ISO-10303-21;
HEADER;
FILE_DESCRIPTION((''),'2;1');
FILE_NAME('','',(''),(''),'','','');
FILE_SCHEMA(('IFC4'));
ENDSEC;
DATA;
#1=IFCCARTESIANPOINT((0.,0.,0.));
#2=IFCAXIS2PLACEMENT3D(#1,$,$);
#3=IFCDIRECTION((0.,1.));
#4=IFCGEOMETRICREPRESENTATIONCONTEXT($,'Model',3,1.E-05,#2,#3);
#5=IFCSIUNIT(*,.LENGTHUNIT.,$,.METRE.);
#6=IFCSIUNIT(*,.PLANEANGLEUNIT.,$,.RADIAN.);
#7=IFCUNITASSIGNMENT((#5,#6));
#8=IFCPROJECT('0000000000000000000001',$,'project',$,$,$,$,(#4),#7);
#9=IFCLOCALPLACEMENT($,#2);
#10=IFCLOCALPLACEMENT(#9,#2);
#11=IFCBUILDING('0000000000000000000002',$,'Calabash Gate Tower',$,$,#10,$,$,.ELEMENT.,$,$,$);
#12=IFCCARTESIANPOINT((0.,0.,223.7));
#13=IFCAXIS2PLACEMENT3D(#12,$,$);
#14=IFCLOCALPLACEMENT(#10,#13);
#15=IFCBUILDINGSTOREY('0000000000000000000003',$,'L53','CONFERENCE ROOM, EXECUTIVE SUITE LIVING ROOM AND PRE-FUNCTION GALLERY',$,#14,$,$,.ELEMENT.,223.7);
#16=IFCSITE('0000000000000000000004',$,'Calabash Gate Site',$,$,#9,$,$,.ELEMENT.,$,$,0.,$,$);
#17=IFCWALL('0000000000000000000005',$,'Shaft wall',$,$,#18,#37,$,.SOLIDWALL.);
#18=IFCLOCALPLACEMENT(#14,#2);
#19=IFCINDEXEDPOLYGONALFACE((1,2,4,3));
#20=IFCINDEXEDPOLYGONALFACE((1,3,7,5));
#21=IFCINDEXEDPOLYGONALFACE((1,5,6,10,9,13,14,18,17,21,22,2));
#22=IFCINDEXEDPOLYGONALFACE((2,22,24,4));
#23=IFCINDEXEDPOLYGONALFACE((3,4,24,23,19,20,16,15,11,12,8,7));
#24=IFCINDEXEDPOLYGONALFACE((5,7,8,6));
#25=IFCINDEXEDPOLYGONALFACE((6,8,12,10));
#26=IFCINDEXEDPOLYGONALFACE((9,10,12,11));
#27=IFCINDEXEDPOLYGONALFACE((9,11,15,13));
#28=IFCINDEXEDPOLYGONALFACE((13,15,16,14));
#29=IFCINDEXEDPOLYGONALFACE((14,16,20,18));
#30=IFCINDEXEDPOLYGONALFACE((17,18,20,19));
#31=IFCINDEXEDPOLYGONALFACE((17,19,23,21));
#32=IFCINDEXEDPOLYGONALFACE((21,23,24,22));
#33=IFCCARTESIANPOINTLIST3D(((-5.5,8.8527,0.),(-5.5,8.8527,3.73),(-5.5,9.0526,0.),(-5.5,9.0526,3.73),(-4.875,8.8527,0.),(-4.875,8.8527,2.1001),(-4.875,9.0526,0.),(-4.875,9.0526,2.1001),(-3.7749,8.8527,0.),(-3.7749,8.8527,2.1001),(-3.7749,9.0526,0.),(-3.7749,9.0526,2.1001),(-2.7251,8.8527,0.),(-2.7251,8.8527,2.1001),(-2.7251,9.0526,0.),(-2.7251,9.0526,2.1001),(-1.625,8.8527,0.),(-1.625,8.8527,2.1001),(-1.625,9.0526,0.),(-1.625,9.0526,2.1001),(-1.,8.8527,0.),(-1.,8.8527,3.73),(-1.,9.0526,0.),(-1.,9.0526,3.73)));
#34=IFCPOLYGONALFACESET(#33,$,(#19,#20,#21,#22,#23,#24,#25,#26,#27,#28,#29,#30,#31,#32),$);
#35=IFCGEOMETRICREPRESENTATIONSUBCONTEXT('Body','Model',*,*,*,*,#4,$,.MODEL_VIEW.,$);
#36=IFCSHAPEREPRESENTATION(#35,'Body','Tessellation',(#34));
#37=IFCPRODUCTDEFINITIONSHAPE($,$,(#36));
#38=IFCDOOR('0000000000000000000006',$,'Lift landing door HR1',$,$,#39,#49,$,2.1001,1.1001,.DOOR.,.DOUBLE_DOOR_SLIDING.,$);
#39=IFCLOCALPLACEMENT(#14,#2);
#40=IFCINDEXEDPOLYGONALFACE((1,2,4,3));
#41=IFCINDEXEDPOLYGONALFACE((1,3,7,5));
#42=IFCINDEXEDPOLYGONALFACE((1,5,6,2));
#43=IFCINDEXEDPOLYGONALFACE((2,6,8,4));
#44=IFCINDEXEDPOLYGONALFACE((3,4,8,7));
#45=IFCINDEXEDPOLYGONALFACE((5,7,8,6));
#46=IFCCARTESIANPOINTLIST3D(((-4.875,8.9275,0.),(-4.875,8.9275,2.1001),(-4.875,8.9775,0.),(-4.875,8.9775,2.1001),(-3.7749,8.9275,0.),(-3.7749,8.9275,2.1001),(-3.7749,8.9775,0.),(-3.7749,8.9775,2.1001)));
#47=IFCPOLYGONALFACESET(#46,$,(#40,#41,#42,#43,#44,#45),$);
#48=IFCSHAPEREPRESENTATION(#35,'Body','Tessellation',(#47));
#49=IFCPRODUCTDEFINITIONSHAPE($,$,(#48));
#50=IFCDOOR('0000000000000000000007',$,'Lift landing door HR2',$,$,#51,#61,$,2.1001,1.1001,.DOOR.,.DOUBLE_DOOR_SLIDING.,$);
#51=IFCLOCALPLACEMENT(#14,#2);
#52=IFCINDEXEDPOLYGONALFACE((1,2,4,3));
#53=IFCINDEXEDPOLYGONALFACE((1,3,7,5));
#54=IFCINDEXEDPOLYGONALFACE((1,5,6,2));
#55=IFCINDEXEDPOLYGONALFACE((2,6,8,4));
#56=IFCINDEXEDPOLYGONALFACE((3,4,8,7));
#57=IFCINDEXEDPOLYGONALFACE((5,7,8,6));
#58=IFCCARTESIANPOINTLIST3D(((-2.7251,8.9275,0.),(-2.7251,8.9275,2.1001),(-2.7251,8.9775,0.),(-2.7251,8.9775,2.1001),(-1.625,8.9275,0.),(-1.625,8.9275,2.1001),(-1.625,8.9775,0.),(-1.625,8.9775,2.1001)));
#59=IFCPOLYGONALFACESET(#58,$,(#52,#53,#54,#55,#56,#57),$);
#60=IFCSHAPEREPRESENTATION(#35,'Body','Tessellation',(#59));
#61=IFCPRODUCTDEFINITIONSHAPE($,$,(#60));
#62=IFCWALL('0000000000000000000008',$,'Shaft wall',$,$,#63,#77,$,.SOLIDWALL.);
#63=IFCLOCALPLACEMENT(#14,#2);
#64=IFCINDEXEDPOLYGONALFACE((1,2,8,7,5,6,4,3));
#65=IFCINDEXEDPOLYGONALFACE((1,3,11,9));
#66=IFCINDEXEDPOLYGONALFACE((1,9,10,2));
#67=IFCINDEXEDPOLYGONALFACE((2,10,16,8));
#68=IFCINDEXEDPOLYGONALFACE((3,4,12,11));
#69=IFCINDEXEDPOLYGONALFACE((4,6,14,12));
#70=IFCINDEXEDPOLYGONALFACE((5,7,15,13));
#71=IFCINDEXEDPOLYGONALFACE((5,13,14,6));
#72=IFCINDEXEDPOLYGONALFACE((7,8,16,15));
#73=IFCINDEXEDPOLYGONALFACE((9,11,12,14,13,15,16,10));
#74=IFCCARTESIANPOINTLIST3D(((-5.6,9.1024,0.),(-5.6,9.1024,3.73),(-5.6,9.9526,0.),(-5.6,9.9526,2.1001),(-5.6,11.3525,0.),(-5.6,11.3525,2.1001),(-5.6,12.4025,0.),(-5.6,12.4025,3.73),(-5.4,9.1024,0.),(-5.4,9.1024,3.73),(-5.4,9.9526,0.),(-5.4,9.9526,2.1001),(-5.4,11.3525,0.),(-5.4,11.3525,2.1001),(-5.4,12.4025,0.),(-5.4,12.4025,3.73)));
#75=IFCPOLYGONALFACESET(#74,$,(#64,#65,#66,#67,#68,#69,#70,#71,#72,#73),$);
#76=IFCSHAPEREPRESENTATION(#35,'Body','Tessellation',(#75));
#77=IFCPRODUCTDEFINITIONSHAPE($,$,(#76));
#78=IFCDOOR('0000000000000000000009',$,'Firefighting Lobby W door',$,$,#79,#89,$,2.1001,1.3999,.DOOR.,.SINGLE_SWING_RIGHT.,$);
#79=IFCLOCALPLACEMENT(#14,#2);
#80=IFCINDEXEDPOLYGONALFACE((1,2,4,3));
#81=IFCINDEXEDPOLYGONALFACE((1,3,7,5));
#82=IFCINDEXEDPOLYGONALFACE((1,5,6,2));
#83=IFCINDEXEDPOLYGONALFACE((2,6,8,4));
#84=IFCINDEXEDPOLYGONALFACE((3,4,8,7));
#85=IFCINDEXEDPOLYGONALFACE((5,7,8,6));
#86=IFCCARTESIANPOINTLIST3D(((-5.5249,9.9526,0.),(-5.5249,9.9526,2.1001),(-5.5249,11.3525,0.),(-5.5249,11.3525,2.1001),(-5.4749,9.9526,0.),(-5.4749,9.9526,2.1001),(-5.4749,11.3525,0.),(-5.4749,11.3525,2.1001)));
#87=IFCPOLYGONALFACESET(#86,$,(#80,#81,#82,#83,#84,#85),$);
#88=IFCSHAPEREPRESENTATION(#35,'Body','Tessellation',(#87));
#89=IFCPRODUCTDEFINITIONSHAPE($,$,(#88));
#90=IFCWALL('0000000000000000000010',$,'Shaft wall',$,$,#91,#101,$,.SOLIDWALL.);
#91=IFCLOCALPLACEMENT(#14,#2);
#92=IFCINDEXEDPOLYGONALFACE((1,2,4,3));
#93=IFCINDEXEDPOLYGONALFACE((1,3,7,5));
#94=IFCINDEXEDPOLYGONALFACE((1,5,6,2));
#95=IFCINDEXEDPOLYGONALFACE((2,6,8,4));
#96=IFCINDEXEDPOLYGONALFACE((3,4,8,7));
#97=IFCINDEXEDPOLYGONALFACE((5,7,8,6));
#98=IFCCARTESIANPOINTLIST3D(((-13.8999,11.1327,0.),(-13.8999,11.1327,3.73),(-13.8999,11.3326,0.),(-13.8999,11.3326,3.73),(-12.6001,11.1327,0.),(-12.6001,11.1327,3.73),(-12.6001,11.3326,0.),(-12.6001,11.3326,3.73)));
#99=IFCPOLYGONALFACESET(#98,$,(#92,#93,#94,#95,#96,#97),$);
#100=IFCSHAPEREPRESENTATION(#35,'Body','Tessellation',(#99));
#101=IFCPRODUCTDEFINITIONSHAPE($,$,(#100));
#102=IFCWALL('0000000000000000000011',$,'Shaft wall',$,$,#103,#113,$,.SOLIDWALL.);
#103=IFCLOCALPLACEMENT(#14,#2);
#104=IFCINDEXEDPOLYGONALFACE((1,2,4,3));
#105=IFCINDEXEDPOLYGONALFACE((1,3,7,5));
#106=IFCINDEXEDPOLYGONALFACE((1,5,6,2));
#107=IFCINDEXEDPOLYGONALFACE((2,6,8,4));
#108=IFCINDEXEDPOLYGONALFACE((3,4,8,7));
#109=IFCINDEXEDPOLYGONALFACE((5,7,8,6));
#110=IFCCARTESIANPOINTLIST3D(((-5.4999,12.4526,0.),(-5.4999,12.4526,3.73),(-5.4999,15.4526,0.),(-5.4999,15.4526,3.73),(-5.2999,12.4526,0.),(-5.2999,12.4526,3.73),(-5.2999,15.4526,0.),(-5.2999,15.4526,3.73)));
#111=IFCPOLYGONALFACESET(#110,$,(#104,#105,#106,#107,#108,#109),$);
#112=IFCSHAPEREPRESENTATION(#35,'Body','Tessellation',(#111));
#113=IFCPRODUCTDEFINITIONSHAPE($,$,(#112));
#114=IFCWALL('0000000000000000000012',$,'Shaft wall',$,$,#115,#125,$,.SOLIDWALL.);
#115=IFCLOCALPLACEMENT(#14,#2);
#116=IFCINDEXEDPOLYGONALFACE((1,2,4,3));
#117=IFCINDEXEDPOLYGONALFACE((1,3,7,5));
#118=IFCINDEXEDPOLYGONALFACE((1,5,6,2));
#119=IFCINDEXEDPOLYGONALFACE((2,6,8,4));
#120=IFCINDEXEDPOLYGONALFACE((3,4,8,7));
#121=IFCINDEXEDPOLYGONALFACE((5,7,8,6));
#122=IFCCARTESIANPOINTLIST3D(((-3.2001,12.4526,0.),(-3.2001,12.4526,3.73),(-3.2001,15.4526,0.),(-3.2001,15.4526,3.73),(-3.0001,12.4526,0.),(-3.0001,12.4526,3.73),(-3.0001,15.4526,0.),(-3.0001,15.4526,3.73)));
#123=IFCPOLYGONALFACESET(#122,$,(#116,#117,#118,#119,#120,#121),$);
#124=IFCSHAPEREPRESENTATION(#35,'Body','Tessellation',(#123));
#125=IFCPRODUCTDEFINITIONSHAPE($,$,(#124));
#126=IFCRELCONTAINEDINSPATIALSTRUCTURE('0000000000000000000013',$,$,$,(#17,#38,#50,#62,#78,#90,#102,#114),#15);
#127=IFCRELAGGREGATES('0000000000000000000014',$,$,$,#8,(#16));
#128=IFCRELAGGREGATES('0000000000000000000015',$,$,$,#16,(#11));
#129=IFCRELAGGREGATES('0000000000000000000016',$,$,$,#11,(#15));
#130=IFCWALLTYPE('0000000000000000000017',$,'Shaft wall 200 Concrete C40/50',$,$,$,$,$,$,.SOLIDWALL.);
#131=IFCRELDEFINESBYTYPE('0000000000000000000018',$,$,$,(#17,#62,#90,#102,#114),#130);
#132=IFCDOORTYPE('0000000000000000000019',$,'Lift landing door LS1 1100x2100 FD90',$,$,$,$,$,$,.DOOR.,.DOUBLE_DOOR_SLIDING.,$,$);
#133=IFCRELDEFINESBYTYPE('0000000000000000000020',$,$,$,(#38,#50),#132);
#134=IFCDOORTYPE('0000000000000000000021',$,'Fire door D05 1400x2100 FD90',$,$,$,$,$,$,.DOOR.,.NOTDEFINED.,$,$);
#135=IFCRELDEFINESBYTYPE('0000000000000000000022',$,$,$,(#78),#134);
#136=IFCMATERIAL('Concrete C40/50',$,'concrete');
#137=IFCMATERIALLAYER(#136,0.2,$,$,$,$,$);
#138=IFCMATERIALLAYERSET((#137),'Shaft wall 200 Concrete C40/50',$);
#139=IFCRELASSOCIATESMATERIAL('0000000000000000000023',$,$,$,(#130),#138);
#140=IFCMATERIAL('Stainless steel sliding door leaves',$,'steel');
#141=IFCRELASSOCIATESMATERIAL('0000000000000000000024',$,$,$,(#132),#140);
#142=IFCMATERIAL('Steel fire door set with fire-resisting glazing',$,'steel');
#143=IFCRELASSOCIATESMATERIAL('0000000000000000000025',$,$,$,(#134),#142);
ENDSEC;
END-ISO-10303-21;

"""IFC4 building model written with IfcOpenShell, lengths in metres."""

from ifc_helpers import new_model, si_unit, direction, frame, frame_2d, origin, place, context, subcontext, project, spatial, rectangle, extrude, material, layer, layer_set, type_object, element, fill, save


model = new_model("IFC4")

# Units and contexts
model_context = context("Model", 3, precision=1e-05, world=origin(), true_north=direction((0.0, 1.0)))
body_context = subcontext(model_context, "Body", "Model", "MODEL_VIEW")
ifc_project = project(units=[si_unit("LENGTHUNIT", "METRE"), si_unit("PLANEANGLEUNIT", "RADIAN")], contexts=[model_context])

# Site, building, storey
site_placement = place(None, origin())
site = spatial("IfcSite", under=ifc_project, at=site_placement, Name="Calabash Gate Site", CompositionType="ELEMENT", RefElevation=0.0)
building_placement = place(site_placement, origin())
building = spatial("IfcBuilding", under=site, at=building_placement, Name="Calabash Gate Tower", CompositionType="ELEMENT")
storey_placement = place(building_placement, frame((0.0, 0.0, 223.7)))
storey = spatial("IfcBuildingStorey", under=building, at=storey_placement, Name="L53", Description="CONFERENCE ROOM, EXECUTIVE SUITE LIVING ROOM AND PRE-FUNCTION GALLERY", CompositionType="ELEMENT", Elevation=223.7)

# Shared definitions
ifc_material_1 = material(Name="Concrete C40/50", Category="concrete")
ifc_layer_1 = layer(ifc_material_1, 0.2)
ifc_layer_set_1 = layer_set([ifc_layer_1], Name="Shaft wall 200 Concrete C40/50")
wall_type_1 = type_object("IfcWallType", Name="Shaft wall 200 Concrete C40/50", PredefinedType="SOLIDWALL", material=ifc_layer_set_1)

# Wall, openings, doors
wall_1_placement = place(storey_placement, frame((-5.5, 8.9526, 0.0), z_axis=(0.0, 0.0, 1.0), x_axis=(1.0, 0.0, 0.0)))
wall_1 = element("IfcWall", 1, at=wall_1_placement, inside=storey, type_object=wall_type_1, Name="Shaft wall", PredefinedType="SOLIDWALL", context=body_context, shape_type="SweptSolid", body=[
    extrude(rectangle(XDim=4.5, YDim=0.2, at=frame_2d((2.25, 0.0))), origin(), (0.0, 0.0, 1.0), 3.73),
])
opening_1_placement = place(wall_1_placement, frame((0.625, 0.0, 0.0)))
opening_1 = element("IfcOpeningElement", 2, at=opening_1_placement, cuts=wall_1, PredefinedType="OPENING", context=body_context, shape_type="SweptSolid", body=[
    extrude(rectangle(XDim=1.1001, YDim=2.1001, at=frame_2d((0.55, 1.05))), frame((0.0, 0.1099, 0.0), z_axis=(0.0, -1.0, 0.0), x_axis=(1.0, 0.0, 0.0)), (0.0, 0.0, 1.0), 0.22),
])
opening_2_placement = place(wall_1_placement, frame((2.7749, 0.0, 0.0)))
opening_2 = element("IfcOpeningElement", 3, at=opening_2_placement, cuts=wall_1, PredefinedType="OPENING", context=body_context, shape_type="SweptSolid", body=[
    extrude(rectangle(XDim=1.1001, YDim=2.1001, at=frame_2d((0.55, 1.05))), frame((0.0, 0.1099, 0.0), z_axis=(0.0, -1.0, 0.0), x_axis=(1.0, 0.0, 0.0)), (0.0, 0.0, 1.0), 0.22),
])
ifc_material_2 = material(Name="Stainless steel sliding door leaves", Category="steel")
door_type_1 = type_object("IfcDoorType", Name="Lift landing door LS1 1100x2100 FD90", OperationType="DOUBLE_DOOR_SLIDING", PredefinedType="DOOR", material=ifc_material_2)
door_1_placement = place(opening_1_placement, origin())
door_1 = element("IfcDoor", 4, at=door_1_placement, inside=storey, type_object=door_type_1, Name="Lift landing door HR1", OperationType="DOUBLE_DOOR_SLIDING", OverallHeight=2.1001, OverallWidth=1.1001, PredefinedType="DOOR", context=body_context, shape_type="SweptSolid", body=[
    extrude(rectangle(XDim=1.1001, YDim=2.1001, at=frame_2d((0.55, 1.05))), frame((0.0, 0.0249, 0.0), z_axis=(0.0, -1.0, 0.0), x_axis=(1.0, 0.0, 0.0)), (0.0, 0.0, 1.0), 0.05),
])
fill(opening_1, door_1)
door_2_placement = place(opening_2_placement, origin())
door_2 = element("IfcDoor", 5, at=door_2_placement, inside=storey, type_object=door_type_1, Name="Lift landing door HR2", OperationType="DOUBLE_DOOR_SLIDING", OverallHeight=2.1001, OverallWidth=1.1001, PredefinedType="DOOR", context=body_context, shape_type="SweptSolid", body=[
    extrude(rectangle(XDim=1.1001, YDim=2.1001, at=frame_2d((0.55, 1.05))), frame((0.0, 0.0249, 0.0), z_axis=(0.0, -1.0, 0.0), x_axis=(1.0, 0.0, 0.0)), (0.0, 0.0, 1.0), 0.05),
])
fill(opening_2, door_2)

# Wall, opening, door
wall_2_placement = place(storey_placement, frame((-5.5, 9.1025, 0.0), z_axis=(0.0, 0.0, 1.0), x_axis=(0.0, 1.0, 0.0)))
wall_2 = element("IfcWall", 6, at=wall_2_placement, inside=storey, type_object=wall_type_1, Name="Shaft wall", PredefinedType="SOLIDWALL", context=body_context, shape_type="SweptSolid", body=[
    extrude(rectangle(XDim=3.3, YDim=0.2, at=frame_2d((1.6499, 0.0))), origin(), (0.0, 0.0, 1.0), 3.73),
])
opening_3_placement = place(wall_2_placement, frame((0.8501, 0.0, 0.0)))
opening_3 = element("IfcOpeningElement", 7, at=opening_3_placement, cuts=wall_2, PredefinedType="OPENING", context=body_context, shape_type="SweptSolid", body=[
    extrude(rectangle(XDim=1.3999, YDim=2.1001, at=frame_2d((0.7, 1.05))), frame((0.0, 0.1099, 0.0), z_axis=(0.0, -1.0, 0.0), x_axis=(1.0, 0.0, 0.0)), (0.0, 0.0, 1.0), 0.22),
])
ifc_material_3 = material(Name="Steel fire door set with fire-resisting glazing", Category="steel")
door_type_2 = type_object("IfcDoorType", Name="Fire door D05 1400x2100 FD90", OperationType="NOTDEFINED", PredefinedType="DOOR", material=ifc_material_3)
door_3_placement = place(opening_3_placement, origin())
door_3 = element("IfcDoor", 8, at=door_3_placement, inside=storey, type_object=door_type_2, Name="Firefighting Lobby W door", OperationType="SINGLE_SWING_RIGHT", OverallHeight=2.1001, OverallWidth=1.3999, PredefinedType="DOOR", context=body_context, shape_type="SweptSolid", body=[
    extrude(rectangle(XDim=1.3999, YDim=2.1001, at=frame_2d((0.7, 1.05))), frame((0.0, 0.0249, 0.0), z_axis=(0.0, -1.0, 0.0), x_axis=(1.0, 0.0, 0.0)), (0.0, 0.0, 1.0), 0.05),
])
fill(opening_3, door_3)

# Walls
wall_3_placement = place(storey_placement, frame((-13.8999, 11.2327, 0.0), z_axis=(0.0, 0.0, 1.0), x_axis=(1.0, 0.0, 0.0)))
element("IfcWall", 9, at=wall_3_placement, inside=storey, type_object=wall_type_1, Name="Shaft wall", PredefinedType="SOLIDWALL", context=body_context, shape_type="SweptSolid", body=[
    extrude(rectangle(XDim=1.2998, YDim=0.2, at=frame_2d((0.6499, 0.0))), origin(), (0.0, 0.0, 1.0), 3.73),
])
for number, where, z_axis, x_axis, name in (
    (10, (-5.3999, 12.4526, 0.0), (0.0, 0.0, 1.0), (0.0, 1.0, 0.0), "Shaft wall"),
    (11, (-3.1001, 12.4526, 0.0), (0.0, 0.0, 1.0), (0.0, 1.0, 0.0), "Shaft wall"),
):
    element("IfcWall", number, at=place(storey_placement, frame(where, z_axis=z_axis, x_axis=x_axis)), inside=storey, type_object=wall_type_1, Name=name, PredefinedType="SOLIDWALL", context=body_context, shape_type="SweptSolid", body=[
        extrude(rectangle(XDim=3.0, YDim=0.2, at=frame_2d((1.5, 0.0))), origin(), (0.0, 0.0, 1.0), 3.73),
    ])

save(model, "model.ifc")
